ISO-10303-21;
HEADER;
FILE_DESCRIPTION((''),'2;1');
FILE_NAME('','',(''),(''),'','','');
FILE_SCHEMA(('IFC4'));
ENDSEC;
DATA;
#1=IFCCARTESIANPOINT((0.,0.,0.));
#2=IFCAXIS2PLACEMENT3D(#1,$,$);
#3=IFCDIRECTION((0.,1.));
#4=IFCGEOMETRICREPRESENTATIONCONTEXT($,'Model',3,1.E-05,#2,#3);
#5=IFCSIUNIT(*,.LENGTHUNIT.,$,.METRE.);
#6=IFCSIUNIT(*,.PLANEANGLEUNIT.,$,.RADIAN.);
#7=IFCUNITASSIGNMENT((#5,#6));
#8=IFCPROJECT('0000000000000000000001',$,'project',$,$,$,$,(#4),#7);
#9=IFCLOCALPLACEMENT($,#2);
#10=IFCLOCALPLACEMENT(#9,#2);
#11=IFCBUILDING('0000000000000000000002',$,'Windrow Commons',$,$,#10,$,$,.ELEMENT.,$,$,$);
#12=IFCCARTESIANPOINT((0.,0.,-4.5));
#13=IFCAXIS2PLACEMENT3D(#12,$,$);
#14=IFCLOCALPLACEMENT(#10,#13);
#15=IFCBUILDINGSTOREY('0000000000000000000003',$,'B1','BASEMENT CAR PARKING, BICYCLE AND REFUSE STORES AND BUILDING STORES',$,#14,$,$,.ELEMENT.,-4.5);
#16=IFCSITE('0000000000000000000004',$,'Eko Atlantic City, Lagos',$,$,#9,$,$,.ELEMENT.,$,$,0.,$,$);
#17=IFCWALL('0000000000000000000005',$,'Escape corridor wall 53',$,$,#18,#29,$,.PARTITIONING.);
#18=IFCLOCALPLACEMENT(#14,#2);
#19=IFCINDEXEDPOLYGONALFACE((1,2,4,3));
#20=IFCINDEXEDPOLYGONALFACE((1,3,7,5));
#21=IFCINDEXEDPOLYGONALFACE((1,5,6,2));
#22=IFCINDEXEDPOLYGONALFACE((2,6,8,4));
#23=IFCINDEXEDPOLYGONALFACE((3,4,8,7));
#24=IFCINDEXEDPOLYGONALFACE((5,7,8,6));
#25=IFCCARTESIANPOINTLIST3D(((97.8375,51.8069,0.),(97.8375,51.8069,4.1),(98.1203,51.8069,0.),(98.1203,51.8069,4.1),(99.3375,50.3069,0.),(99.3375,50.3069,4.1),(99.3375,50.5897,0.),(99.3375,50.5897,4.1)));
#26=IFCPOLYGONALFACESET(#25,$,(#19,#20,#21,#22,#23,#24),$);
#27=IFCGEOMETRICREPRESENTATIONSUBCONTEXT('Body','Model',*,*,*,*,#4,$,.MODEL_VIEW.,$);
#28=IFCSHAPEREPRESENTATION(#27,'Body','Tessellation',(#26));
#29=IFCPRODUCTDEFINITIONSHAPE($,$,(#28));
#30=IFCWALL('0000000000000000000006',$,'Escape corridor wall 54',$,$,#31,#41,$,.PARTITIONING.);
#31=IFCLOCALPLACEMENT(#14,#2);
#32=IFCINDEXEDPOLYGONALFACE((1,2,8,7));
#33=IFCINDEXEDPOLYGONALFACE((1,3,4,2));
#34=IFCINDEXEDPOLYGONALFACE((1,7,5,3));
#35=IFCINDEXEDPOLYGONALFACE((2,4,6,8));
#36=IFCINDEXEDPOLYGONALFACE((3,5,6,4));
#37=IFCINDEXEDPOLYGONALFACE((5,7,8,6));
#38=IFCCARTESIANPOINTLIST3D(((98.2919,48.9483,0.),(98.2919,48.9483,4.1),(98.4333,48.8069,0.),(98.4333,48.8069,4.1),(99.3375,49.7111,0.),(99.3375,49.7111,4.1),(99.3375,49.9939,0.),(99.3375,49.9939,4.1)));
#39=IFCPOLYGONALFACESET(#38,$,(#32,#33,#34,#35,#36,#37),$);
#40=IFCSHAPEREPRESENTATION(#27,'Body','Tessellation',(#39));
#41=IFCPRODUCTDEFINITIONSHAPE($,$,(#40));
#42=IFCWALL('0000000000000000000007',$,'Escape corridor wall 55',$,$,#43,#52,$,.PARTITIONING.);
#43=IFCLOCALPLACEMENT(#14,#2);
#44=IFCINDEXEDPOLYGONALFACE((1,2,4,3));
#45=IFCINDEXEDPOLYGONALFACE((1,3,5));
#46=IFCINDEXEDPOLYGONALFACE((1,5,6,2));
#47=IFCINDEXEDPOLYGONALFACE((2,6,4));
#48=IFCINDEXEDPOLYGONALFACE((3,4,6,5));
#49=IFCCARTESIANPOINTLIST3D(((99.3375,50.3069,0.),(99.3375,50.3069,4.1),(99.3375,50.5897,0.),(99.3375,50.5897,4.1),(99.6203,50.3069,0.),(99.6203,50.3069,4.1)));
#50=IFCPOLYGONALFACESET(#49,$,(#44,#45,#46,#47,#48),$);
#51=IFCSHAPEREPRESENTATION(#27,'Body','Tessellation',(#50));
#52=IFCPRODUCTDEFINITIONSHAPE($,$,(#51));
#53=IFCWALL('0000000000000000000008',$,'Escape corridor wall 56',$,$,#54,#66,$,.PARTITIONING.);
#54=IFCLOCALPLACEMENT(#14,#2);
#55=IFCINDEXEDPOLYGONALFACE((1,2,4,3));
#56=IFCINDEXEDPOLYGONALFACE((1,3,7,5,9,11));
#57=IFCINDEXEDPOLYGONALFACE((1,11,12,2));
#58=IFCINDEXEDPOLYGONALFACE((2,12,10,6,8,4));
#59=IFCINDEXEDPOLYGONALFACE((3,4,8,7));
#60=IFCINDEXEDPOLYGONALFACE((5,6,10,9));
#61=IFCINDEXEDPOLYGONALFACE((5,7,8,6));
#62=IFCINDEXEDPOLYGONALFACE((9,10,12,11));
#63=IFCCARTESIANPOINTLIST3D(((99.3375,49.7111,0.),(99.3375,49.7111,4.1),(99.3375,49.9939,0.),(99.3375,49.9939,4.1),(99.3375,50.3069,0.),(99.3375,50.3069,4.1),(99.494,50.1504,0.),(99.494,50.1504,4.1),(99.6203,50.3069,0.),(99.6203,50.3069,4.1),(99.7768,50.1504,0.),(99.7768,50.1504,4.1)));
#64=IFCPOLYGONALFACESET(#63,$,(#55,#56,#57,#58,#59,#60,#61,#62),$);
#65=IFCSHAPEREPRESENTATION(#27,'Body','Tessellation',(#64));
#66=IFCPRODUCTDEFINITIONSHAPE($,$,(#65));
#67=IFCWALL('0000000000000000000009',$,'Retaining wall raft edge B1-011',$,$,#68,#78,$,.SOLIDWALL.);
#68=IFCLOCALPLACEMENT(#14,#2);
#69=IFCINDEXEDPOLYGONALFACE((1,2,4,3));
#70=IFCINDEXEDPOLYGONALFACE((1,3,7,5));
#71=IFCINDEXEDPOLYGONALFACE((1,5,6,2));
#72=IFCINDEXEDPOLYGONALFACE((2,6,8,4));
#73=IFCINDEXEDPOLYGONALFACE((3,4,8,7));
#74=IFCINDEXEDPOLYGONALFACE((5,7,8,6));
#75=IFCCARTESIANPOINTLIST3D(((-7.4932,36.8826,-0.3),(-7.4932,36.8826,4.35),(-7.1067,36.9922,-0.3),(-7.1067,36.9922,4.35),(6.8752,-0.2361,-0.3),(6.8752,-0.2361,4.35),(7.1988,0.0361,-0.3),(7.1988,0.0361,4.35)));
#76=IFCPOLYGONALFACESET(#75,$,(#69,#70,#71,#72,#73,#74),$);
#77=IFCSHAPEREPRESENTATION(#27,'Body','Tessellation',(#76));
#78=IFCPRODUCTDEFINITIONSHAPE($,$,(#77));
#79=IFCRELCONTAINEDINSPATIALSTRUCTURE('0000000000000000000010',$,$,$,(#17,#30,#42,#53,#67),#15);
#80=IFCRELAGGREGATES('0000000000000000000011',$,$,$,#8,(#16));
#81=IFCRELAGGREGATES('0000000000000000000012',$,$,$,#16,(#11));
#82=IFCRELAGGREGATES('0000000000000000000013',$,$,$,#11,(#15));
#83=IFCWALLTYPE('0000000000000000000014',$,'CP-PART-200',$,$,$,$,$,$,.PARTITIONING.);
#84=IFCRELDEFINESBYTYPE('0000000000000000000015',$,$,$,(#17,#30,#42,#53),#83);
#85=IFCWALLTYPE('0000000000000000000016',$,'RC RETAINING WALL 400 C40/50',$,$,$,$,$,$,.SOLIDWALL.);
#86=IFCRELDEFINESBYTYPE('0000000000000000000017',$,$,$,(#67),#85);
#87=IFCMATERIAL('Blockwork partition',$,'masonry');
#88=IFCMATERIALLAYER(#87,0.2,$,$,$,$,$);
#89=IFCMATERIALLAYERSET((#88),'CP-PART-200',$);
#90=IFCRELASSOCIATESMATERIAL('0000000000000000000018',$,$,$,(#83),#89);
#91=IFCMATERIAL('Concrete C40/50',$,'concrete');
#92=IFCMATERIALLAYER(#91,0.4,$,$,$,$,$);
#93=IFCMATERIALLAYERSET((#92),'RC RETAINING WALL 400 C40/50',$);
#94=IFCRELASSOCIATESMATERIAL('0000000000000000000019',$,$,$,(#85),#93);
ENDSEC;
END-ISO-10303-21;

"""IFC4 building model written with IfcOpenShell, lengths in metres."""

from ifc_helpers import new_model, si_unit, direction, frame, origin, place, context, subcontext, project, spatial, polyline, outline, extrude, material, layer, layer_set, type_object, element, save


model = new_model("IFC4")

# Units and contexts
model_context = context("Model", 3, precision=1e-05, world=origin(), true_north=direction((0.0, 1.0)))
body_context = subcontext(model_context, "Body", "Model", "MODEL_VIEW")
ifc_project = project(units=[si_unit("LENGTHUNIT", "METRE"), si_unit("PLANEANGLEUNIT", "RADIAN")], contexts=[model_context])

# Site, building, storey
site_placement = place(None, origin())
site = spatial("IfcSite", under=ifc_project, at=site_placement, Name="Eko Atlantic City, Lagos", CompositionType="ELEMENT", RefElevation=0.0)
building_placement = place(site_placement, origin())
building = spatial("IfcBuilding", under=site, at=building_placement, Name="Windrow Commons", CompositionType="ELEMENT")
storey_placement = place(building_placement, frame((0.0, 0.0, -4.5)))
storey = spatial("IfcBuildingStorey", under=building, at=storey_placement, Name="B1", Description="BASEMENT CAR PARKING, BICYCLE AND REFUSE STORES AND BUILDING STORES", CompositionType="ELEMENT", Elevation=-4.5)

# Walls
ifc_material_1 = material(Name="Blockwork partition", Category="masonry")
ifc_layer_1 = layer(ifc_material_1, 0.2)
ifc_layer_set_1 = layer_set([ifc_layer_1], Name="CP-PART-200")
wall_type_1 = type_object("IfcWallType", Name="CP-PART-200", PredefinedType="PARTITIONING", material=ifc_layer_set_1)
placement = place(storey_placement, origin())
element("IfcWall", 1, at=placement, inside=storey, type_object=wall_type_1, Name="Escape corridor wall 53", PredefinedType="PARTITIONING", context=body_context, shape_type="SweptSolid", body=[
    extrude(outline(polyline([(97.8375, 51.8069), (99.3375, 50.3069), (99.3375, 50.5897), (98.1203, 51.8069), (97.8375, 51.8069)])), origin(), (0.0, 0.0, 1.0), 4.1),
])
element("IfcWall", 2, at=placement, inside=storey, type_object=wall_type_1, Name="Escape corridor wall 54", PredefinedType="PARTITIONING", context=body_context, shape_type="SweptSolid", body=[
    extrude(outline(polyline([(98.4333, 48.8069), (99.3375, 49.7111), (99.3375, 49.9939), (98.2919, 48.9483), (98.4333, 48.8069)])), origin(), (0.0, 0.0, 1.0), 4.1),
])
element("IfcWall", 3, at=placement, inside=storey, type_object=wall_type_1, Name="Escape corridor wall 55", PredefinedType="PARTITIONING", context=body_context, shape_type="SweptSolid", body=[
    extrude(outline(polyline([(99.6203, 50.3069), (99.3375, 50.5897), (99.3375, 50.3069), (99.6203, 50.3069)])), origin(), (0.0, 0.0, 1.0), 4.1),
])
element("IfcWall", 4, at=placement, inside=storey, type_object=wall_type_1, Name="Escape corridor wall 56", PredefinedType="PARTITIONING", context=body_context, shape_type="SweptSolid", body=[
    extrude(outline(polyline([(99.3375, 49.9939), (99.3375, 49.7111), (99.7768, 50.1504), (99.6203, 50.3069), (99.3375, 50.3069), (99.494, 50.1504), (99.3375, 49.9939)])), origin(), (0.0, 0.0, 1.0), 4.1),
])
ifc_material_2 = material(Name="Concrete C40/50", Category="concrete")
ifc_layer_2 = layer(ifc_material_2, 0.4)
ifc_layer_set_2 = layer_set([ifc_layer_2], Name="RC RETAINING WALL 400 C40/50")
wall_type_2 = type_object("IfcWallType", Name="RC RETAINING WALL 400 C40/50", PredefinedType="SOLIDWALL", material=ifc_layer_set_2)
wall_1_placement = place(storey_placement, frame((7.037, -0.1, -0.3), z_axis=(0.0, 0.0, 1.0), x_axis=(-0.360993, 0.932569, 0.0)))
element("IfcWall", 5, at=wall_1_placement, inside=storey, type_object=wall_type_2, Name="Retaining wall raft edge B1-011", PredefinedType="SOLIDWALL", context=body_context, shape_type="SweptSolid", body=[
    extrude(outline(polyline([(0.0685, -0.2), (39.6968, -0.2), (39.7341, 0.2), (-0.0685, 0.2), (0.0685, -0.2)])), origin(), (0.0, 0.0, 1.0), 4.65),
])

save(model, "model.ifc")
